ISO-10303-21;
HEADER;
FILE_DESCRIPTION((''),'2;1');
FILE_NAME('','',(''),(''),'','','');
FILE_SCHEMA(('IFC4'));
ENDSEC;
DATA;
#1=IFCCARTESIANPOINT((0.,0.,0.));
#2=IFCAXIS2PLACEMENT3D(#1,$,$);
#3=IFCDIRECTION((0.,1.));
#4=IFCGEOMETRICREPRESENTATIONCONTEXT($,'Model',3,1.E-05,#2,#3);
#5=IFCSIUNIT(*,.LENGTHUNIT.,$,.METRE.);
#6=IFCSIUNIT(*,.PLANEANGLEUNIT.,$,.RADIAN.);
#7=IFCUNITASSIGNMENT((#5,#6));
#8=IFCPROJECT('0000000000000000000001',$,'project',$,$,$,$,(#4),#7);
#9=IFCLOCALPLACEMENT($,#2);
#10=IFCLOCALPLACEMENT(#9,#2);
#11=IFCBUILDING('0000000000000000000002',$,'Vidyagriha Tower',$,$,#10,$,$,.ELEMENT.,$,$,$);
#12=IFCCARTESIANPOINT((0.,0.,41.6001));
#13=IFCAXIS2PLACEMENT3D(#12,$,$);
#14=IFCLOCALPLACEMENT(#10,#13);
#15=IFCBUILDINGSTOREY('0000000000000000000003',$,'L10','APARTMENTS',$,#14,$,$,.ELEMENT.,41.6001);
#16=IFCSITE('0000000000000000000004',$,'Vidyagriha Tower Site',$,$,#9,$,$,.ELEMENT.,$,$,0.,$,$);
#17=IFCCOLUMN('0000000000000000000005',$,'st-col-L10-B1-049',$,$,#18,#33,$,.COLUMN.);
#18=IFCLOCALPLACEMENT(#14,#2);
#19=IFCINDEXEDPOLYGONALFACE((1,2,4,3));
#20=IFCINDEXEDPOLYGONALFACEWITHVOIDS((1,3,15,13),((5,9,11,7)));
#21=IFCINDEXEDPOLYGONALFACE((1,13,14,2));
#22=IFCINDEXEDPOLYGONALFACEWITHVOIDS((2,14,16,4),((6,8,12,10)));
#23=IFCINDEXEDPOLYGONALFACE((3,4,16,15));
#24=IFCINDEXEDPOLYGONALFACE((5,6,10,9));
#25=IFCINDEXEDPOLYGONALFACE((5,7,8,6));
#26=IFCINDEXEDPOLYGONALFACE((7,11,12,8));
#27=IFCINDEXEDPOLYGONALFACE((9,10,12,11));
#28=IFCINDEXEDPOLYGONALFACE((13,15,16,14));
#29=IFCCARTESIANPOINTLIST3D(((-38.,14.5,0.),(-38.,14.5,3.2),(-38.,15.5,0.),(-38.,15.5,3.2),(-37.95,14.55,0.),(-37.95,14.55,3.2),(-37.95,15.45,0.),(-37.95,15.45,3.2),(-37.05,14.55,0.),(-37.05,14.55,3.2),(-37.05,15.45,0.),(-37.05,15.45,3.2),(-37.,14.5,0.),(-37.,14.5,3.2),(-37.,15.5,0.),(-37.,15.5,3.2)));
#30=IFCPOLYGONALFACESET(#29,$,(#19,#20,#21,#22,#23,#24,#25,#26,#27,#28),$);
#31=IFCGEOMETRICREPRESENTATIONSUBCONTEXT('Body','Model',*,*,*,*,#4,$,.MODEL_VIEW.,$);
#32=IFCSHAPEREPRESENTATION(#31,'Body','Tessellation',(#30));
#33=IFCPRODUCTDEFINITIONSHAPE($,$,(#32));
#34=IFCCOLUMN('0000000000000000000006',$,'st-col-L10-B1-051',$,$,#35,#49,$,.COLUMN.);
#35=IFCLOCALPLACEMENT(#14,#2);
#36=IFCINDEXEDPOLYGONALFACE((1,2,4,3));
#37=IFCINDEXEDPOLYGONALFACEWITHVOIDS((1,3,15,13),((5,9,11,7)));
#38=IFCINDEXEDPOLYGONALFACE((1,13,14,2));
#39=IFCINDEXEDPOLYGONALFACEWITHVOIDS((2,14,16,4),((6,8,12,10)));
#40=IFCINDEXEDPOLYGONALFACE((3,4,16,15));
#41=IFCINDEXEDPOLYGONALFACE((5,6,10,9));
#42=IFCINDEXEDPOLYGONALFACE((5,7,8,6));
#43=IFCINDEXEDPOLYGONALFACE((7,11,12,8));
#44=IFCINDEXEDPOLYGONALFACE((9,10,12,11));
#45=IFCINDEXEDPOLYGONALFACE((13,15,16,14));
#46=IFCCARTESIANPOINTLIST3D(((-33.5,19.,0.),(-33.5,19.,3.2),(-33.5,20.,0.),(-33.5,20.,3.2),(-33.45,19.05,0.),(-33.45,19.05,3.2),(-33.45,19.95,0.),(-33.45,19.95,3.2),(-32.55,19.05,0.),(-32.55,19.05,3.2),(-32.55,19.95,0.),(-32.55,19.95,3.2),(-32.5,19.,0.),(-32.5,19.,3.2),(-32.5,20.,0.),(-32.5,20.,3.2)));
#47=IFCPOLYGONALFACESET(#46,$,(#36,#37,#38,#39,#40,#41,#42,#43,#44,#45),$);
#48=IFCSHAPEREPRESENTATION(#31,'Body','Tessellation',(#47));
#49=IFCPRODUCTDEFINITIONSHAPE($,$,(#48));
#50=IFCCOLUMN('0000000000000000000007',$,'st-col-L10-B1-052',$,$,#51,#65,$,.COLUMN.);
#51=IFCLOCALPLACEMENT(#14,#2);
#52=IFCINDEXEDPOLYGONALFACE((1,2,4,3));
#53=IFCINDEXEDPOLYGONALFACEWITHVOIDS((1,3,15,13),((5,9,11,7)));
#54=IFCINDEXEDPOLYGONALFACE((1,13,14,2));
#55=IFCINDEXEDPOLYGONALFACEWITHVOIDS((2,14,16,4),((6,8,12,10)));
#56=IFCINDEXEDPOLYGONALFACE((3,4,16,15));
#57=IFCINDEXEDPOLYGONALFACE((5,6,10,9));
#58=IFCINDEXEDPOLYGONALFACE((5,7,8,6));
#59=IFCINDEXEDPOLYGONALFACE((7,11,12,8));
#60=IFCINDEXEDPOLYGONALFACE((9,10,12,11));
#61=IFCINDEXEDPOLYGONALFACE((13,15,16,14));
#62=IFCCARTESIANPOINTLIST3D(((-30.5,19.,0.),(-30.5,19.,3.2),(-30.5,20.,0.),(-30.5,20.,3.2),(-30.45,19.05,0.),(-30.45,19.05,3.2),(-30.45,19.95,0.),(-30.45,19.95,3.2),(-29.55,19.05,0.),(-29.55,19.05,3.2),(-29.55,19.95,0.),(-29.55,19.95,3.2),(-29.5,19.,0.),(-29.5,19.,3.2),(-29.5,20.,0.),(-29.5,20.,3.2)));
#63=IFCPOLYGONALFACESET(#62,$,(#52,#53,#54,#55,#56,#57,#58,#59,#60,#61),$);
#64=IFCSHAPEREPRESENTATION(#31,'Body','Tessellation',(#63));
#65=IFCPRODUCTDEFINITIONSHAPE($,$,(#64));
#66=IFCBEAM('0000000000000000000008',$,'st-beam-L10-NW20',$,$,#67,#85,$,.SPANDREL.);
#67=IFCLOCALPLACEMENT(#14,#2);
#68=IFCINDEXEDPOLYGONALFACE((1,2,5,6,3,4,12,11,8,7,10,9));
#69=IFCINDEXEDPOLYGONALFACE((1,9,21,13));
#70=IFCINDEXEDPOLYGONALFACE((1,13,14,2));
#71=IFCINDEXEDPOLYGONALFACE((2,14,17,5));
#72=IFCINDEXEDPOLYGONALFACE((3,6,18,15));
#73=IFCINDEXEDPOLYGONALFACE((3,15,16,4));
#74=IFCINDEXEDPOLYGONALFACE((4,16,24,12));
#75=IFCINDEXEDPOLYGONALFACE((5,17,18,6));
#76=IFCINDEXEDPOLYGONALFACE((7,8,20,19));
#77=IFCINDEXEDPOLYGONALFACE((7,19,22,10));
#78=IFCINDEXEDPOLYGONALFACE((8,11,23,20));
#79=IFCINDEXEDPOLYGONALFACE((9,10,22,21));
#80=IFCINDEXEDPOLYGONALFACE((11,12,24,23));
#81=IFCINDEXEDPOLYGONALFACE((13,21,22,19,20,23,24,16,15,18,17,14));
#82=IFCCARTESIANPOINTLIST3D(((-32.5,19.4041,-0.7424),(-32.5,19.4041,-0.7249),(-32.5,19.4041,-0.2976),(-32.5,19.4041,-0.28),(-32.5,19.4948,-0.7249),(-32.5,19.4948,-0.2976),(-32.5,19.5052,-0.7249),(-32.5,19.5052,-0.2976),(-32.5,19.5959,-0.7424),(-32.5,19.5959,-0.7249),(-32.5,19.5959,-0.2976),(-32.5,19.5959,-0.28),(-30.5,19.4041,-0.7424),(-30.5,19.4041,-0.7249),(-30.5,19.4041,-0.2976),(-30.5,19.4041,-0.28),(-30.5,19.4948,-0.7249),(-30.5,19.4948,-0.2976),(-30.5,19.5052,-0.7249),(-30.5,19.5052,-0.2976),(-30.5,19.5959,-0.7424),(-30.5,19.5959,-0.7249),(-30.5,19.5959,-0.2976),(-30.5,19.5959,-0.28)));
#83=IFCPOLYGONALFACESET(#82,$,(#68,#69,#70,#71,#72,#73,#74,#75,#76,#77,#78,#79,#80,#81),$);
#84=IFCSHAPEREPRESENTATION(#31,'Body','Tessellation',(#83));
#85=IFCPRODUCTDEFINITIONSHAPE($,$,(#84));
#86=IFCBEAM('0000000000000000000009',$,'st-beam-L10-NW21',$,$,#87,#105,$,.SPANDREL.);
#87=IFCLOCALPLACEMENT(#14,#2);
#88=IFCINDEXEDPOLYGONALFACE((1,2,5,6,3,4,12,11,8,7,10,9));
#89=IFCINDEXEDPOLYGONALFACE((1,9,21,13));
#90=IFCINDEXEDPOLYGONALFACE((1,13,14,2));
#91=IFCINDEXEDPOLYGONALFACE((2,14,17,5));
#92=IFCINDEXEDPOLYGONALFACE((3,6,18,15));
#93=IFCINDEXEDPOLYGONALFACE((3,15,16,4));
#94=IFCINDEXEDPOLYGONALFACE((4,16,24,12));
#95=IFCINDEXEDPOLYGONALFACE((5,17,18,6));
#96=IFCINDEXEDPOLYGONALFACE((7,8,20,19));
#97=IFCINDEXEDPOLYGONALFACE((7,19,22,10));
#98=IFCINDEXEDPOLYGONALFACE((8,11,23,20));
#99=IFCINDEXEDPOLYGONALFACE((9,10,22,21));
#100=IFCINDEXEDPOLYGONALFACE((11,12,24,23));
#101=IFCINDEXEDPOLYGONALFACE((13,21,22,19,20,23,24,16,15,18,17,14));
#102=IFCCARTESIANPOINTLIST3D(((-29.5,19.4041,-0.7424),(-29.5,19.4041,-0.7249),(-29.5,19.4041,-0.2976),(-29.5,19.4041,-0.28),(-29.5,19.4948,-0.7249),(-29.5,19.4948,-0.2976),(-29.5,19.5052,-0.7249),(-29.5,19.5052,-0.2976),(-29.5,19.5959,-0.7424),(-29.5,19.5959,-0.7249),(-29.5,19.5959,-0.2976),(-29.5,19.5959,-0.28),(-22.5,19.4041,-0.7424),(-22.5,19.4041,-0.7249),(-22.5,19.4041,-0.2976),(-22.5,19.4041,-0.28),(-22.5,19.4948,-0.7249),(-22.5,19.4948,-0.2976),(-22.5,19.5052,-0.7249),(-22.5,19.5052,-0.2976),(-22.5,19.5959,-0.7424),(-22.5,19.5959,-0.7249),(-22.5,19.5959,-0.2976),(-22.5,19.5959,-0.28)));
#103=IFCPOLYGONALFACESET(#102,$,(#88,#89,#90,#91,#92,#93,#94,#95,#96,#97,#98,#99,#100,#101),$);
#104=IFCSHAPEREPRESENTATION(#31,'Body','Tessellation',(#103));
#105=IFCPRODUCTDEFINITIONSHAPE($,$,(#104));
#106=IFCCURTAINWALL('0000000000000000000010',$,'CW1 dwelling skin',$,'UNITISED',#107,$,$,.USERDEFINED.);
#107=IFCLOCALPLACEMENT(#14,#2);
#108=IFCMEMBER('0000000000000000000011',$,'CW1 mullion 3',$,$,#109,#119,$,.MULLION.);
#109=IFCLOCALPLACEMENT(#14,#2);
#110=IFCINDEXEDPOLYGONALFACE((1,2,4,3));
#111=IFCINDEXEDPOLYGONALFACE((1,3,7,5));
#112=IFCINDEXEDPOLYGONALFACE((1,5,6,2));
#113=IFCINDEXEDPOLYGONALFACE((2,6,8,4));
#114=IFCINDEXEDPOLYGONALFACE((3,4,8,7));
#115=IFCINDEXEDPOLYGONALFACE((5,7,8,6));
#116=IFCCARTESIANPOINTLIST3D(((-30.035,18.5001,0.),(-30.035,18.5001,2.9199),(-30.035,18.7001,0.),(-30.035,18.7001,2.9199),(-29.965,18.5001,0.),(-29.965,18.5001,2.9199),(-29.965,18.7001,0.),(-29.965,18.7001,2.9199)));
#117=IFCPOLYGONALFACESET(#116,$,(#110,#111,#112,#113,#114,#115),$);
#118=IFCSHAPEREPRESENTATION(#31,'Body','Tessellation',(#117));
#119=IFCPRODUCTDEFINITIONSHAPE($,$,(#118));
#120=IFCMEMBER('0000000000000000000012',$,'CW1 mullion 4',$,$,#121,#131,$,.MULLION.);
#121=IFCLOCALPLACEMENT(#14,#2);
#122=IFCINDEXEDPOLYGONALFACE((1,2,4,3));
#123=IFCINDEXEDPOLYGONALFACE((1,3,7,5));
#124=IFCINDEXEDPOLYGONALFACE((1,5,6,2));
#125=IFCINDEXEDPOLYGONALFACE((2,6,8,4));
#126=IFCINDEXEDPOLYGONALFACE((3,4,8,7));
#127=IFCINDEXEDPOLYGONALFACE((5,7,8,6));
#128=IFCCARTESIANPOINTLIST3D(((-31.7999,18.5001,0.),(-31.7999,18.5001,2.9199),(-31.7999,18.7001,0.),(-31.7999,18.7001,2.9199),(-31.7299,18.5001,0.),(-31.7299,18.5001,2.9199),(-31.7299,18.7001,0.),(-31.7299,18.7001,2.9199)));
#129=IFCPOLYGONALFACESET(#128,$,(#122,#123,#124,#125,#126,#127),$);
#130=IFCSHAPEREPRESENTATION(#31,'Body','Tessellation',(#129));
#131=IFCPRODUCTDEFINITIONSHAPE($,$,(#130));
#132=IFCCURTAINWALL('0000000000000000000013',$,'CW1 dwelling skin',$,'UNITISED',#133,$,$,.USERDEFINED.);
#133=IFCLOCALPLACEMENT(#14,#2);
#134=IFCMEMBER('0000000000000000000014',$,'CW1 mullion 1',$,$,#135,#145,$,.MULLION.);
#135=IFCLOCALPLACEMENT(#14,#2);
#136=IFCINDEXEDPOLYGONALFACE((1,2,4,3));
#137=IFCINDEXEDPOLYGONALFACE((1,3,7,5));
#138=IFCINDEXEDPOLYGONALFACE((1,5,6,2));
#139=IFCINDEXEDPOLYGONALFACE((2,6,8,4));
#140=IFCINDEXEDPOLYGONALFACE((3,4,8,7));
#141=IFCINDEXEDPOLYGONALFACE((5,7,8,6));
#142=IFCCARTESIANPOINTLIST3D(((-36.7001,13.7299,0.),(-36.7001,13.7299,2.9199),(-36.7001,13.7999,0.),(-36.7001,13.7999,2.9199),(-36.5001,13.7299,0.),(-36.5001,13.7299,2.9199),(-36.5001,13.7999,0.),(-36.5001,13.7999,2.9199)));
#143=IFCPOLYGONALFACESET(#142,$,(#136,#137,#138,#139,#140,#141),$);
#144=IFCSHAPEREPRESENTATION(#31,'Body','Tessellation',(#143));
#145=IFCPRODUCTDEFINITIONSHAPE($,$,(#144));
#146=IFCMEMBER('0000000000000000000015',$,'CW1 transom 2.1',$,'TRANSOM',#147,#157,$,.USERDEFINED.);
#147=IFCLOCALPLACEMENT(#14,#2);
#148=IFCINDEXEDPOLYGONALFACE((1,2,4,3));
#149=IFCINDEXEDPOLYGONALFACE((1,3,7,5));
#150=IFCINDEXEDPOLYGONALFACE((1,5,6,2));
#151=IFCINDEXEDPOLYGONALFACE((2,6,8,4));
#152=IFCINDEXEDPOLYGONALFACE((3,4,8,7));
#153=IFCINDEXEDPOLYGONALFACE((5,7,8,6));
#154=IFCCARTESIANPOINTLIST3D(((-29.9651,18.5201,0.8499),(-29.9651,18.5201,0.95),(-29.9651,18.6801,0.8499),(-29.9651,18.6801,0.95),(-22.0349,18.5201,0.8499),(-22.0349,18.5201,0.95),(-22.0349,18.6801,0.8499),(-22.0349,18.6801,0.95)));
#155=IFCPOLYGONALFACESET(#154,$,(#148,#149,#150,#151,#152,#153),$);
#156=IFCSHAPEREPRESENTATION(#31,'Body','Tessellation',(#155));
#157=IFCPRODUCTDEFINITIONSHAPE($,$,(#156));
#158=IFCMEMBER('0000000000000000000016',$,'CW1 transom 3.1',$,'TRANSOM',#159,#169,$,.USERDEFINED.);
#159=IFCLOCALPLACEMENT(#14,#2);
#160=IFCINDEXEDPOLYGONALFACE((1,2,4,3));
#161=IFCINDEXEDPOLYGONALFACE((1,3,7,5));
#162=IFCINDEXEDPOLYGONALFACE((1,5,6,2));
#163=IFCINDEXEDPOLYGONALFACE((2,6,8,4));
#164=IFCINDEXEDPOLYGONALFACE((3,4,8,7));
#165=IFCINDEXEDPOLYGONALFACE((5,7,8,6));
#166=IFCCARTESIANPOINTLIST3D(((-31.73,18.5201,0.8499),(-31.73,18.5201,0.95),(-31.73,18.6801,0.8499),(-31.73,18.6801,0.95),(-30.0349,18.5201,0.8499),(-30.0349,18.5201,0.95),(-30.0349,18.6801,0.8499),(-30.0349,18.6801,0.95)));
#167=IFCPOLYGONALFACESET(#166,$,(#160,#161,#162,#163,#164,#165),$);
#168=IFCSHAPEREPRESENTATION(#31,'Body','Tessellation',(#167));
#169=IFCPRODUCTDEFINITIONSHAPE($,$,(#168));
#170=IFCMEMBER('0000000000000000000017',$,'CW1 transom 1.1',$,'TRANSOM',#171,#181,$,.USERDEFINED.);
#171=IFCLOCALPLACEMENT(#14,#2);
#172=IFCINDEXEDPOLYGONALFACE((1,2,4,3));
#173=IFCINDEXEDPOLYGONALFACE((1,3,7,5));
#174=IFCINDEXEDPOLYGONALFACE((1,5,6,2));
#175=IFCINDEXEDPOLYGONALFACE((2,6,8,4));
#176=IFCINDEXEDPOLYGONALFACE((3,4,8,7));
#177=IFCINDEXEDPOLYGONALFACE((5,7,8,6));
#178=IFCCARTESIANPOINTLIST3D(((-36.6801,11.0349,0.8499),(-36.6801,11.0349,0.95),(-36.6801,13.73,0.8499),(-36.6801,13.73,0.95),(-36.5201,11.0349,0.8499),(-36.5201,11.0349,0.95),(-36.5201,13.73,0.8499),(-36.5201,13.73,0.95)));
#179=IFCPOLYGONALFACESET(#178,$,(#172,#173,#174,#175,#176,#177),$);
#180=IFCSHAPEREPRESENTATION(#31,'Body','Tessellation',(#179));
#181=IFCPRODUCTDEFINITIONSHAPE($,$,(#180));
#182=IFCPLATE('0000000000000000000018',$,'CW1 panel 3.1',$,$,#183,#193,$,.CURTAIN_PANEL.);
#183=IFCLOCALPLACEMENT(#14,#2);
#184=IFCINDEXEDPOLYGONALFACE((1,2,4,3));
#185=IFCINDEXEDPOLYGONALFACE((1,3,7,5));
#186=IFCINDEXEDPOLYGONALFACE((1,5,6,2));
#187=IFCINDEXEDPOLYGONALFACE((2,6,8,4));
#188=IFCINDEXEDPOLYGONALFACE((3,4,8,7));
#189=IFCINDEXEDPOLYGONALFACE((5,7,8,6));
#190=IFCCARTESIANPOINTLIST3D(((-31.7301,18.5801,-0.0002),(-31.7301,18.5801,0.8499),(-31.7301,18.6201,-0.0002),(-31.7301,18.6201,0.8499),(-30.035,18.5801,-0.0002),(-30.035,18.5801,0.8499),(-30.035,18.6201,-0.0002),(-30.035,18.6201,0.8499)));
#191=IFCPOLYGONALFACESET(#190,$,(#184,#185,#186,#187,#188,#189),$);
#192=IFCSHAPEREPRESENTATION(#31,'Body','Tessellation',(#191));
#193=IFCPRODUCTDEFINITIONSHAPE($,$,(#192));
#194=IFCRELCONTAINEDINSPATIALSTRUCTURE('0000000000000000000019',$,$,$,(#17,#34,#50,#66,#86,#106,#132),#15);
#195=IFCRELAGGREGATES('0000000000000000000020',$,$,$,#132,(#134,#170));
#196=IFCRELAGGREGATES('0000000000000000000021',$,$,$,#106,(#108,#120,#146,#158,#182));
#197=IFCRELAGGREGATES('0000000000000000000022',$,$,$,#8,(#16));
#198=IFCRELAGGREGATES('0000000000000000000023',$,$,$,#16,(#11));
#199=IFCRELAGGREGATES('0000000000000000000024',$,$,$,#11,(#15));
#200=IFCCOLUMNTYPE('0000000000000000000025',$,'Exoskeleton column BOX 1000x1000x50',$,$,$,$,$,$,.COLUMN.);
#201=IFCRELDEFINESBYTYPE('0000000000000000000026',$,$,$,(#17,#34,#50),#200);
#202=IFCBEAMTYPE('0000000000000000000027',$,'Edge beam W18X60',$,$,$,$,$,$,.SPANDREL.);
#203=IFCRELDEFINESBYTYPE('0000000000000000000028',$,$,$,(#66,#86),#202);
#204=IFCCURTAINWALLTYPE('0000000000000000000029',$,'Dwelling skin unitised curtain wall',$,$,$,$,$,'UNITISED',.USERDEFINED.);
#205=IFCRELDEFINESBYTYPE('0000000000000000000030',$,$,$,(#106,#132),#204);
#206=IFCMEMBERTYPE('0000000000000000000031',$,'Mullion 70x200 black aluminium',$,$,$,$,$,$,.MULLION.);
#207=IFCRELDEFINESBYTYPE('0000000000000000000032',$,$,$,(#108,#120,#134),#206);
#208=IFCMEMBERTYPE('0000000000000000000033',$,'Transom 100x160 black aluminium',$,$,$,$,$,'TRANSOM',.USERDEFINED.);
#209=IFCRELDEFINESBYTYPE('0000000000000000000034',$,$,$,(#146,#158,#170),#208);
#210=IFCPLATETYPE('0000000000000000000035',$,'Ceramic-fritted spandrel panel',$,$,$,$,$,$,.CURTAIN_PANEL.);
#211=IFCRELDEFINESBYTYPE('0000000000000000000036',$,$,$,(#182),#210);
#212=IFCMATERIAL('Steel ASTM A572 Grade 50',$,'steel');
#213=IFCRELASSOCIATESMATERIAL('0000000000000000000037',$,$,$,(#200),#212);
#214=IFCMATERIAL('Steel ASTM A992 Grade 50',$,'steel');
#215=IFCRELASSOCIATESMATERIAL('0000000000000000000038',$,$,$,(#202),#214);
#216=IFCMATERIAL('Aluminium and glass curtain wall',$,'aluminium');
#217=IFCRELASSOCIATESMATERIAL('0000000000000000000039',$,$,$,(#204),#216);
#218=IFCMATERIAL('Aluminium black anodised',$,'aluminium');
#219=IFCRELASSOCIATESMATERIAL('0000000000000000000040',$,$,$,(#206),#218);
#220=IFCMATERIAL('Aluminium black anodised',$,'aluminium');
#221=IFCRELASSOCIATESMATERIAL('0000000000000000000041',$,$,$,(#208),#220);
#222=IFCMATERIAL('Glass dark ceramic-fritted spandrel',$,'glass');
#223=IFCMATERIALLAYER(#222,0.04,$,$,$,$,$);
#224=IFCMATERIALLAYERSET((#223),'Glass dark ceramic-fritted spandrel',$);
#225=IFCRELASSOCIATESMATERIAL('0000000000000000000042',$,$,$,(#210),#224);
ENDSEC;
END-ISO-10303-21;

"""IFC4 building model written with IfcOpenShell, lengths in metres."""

from ifc_helpers import new_model, si_unit, direction, frame, origin, origin_2d, place, context, subcontext, project, spatial, rectangle, hollow_rectangle, i_section, extrude, material, layer, layer_set, material_profile, profile_set, type_object, element, aggregate, save


model = new_model("IFC4")

# Units and contexts
model_context = context("Model", 3, precision=1e-05, world=origin(), true_north=direction((0.0, 1.0)))
body_context = subcontext(model_context, "Body", "Model", "MODEL_VIEW")
ifc_project = project(units=[si_unit("LENGTHUNIT", "METRE"), si_unit("PLANEANGLEUNIT", "RADIAN")], contexts=[model_context])

# Site, building, storey
site_placement = place(None, origin())
site = spatial("IfcSite", under=ifc_project, at=site_placement, Name="Vidyagriha Tower Site", CompositionType="ELEMENT", RefElevation=0.0)
building_placement = place(site_placement, origin())
building = spatial("IfcBuilding", under=site, at=building_placement, Name="Vidyagriha Tower", CompositionType="ELEMENT")
storey_placement = place(building_placement, frame((0.0, 0.0, 41.6001)))
storey = spatial("IfcBuildingStorey", under=building, at=storey_placement, Name="L10", Description="APARTMENTS", CompositionType="ELEMENT", Elevation=41.6001)

# Columns
ifc_material_1 = material(Name="Steel ASTM A572 Grade 50", Category="steel")
ifc_material_profile_1 = material_profile(ifc_material_1, hollow_rectangle(XDim=1.0, YDim=1.0, WallThickness=0.05, at=origin_2d()), Name="BOX 1000x1000x50")
ifc_profile_set_1 = profile_set([ifc_material_profile_1], Name="Steel ASTM A572 Grade 50")
column_type = type_object("IfcColumnType", Name="Exoskeleton column BOX 1000x1000x50", PredefinedType="COLUMN", material=ifc_profile_set_1)
for number, where, name in (
    (1, (-37.5, 15.0, 0.0), "st-col-L10-B1-049"),
    (2, (-33.0, 19.5, 0.0), "st-col-L10-B1-051"),
    (3, (-30.0, 19.5, 0.0), "st-col-L10-B1-052"),
):
    element("IfcColumn", number, at=place(storey_placement, frame(where)), inside=storey, type_object=column_type, Name=name, PredefinedType="COLUMN", context=body_context, shape_type="SweptSolid", body=[
        extrude(hollow_rectangle(XDim=1.0, YDim=1.0, WallThickness=0.05, at=origin_2d()), origin(), (0.0, 0.0, 1.0), 3.2),
    ])

# Beams
ifc_material_2 = material(Name="Steel ASTM A992 Grade 50", Category="steel")
ifc_material_profile_2 = material_profile(ifc_material_2, i_section(OverallWidth=0.1919, OverallDepth=0.4624, WebThickness=0.0105, FlangeThickness=0.0176, at=origin_2d()), Name="W18X60")
ifc_profile_set_2 = profile_set([ifc_material_profile_2], Name="Steel ASTM A992 Grade 50")
beam_type = type_object("IfcBeamType", Name="Edge beam W18X60", PredefinedType="SPANDREL", material=ifc_profile_set_2)
beam_1_placement = place(storey_placement, frame((-32.5, 19.5, -0.5112), z_axis=(1.0, 0.0, 0.0), x_axis=(0.0, 1.0, 0.0)))
element("IfcBeam", 4, at=beam_1_placement, inside=storey, type_object=beam_type, Name="st-beam-L10-NW20", PredefinedType="SPANDREL", context=body_context, shape_type="SweptSolid", body=[
    extrude(i_section(OverallWidth=0.1919, OverallDepth=0.4624, WebThickness=0.0105, FlangeThickness=0.0176, at=origin_2d()), origin(), (0.0, 0.0, 1.0), 2.0),
])
beam_2_placement = place(storey_placement, frame((-29.5, 19.5, -0.5112), z_axis=(1.0, 0.0, 0.0), x_axis=(0.0, 1.0, 0.0)))
element("IfcBeam", 5, at=beam_2_placement, inside=storey, type_object=beam_type, Name="st-beam-L10-NW21", PredefinedType="SPANDREL", context=body_context, shape_type="SweptSolid", body=[
    extrude(i_section(OverallWidth=0.1919, OverallDepth=0.4624, WebThickness=0.0105, FlangeThickness=0.0176, at=origin_2d()), origin(), (0.0, 0.0, 1.0), 7.0),
])

# Curtain wall, members
ifc_material_3 = material(Name="Aluminium and glass curtain wall", Category="aluminium")
curtain_wall_type = type_object("IfcCurtainWallType", Name="Dwelling skin unitised curtain wall", ElementType="UNITISED", PredefinedType="USERDEFINED", material=ifc_material_3)
curtain_wall_1_placement = place(storey_placement, origin())
curtain_wall_1 = element("IfcCurtainWall", 6, at=curtain_wall_1_placement, inside=storey, type_object=curtain_wall_type, Name="CW1 dwelling skin", ObjectType="UNITISED", PredefinedType="USERDEFINED")
ifc_material_4 = material(Name="Aluminium black anodised", Category="aluminium")
ifc_material_profile_3 = material_profile(ifc_material_4, rectangle(XDim=0.2, YDim=0.0701, at=origin_2d()), Name="Mullion 70x200 black aluminium")
ifc_profile_set_3 = profile_set([ifc_material_profile_3], Name="Aluminium black anodised")
member_type_1 = type_object("IfcMemberType", Name="Mullion 70x200 black aluminium", PredefinedType="MULLION", material=ifc_profile_set_3)
member_1_placement = place(storey_placement, frame((-30.0, 18.6001, 0.0), z_axis=(0.0, 0.0, 1.0), x_axis=(0.0, -1.0, 0.0)))
member_1 = element("IfcMember", 7, at=member_1_placement, type_object=member_type_1, Name="CW1 mullion 3", PredefinedType="MULLION", context=body_context, shape_type="SweptSolid", body=[
    extrude(rectangle(XDim=0.2, YDim=0.0701, at=origin_2d()), origin(), (0.0, 0.0, 1.0), 2.9199),
])
member_2_placement = place(storey_placement, frame((-31.7649, 18.6001, 0.0), z_axis=(0.0, 0.0, 1.0), x_axis=(0.0, -1.0, 0.0)))
member_2 = element("IfcMember", 8, at=member_2_placement, type_object=member_type_1, Name="CW1 mullion 4", PredefinedType="MULLION", context=body_context, shape_type="SweptSolid", body=[
    extrude(rectangle(XDim=0.2, YDim=0.0701, at=origin_2d()), origin(), (0.0, 0.0, 1.0), 2.9199),
])

# Curtain wall, member
curtain_wall_2_placement = place(storey_placement, origin())
curtain_wall_2 = element("IfcCurtainWall", 9, at=curtain_wall_2_placement, inside=storey, type_object=curtain_wall_type, Name="CW1 dwelling skin", ObjectType="UNITISED", PredefinedType="USERDEFINED")
member_3_placement = place(storey_placement, frame((-36.6001, 13.7649, 0.0)))
member_3 = element("IfcMember", 10, at=member_3_placement, type_object=member_type_1, Name="CW1 mullion 1", PredefinedType="MULLION", context=body_context, shape_type="SweptSolid", body=[
    extrude(rectangle(XDim=0.2, YDim=0.0701, at=origin_2d()), origin(), (0.0, 0.0, 1.0), 2.9199),
])

# Members
ifc_material_5 = material(Name="Aluminium black anodised", Category="aluminium")
ifc_material_profile_4 = material_profile(ifc_material_5, rectangle(XDim=0.1599, YDim=0.1001, at=origin_2d()), Name="Transom 100x160 black aluminium")
ifc_profile_set_4 = profile_set([ifc_material_profile_4], Name="Aluminium black anodised")
member_type_2 = type_object("IfcMemberType", Name="Transom 100x160 black aluminium", ElementType="TRANSOM", PredefinedType="USERDEFINED", material=ifc_profile_set_4)
member_4_placement = place(storey_placement, frame((-22.0349, 18.6001, 0.8999), z_axis=(-1.0, 0.0, 0.0), x_axis=(0.0, -1.0, 0.0)))
member_4 = element("IfcMember", 11, at=member_4_placement, type_object=member_type_2, Name="CW1 transom 2.1", ObjectType="TRANSOM", PredefinedType="USERDEFINED", context=body_context, shape_type="SweptSolid", body=[
    extrude(rectangle(XDim=0.1599, YDim=0.1001, at=origin_2d()), origin(), (0.0, 0.0, 1.0), 7.9302),
])
member_5_placement = place(storey_placement, frame((-30.0349, 18.6001, 0.8999), z_axis=(-1.0, 0.0, 0.0), x_axis=(0.0, -1.0, 0.0)))
member_5 = element("IfcMember", 12, at=member_5_placement, type_object=member_type_2, Name="CW1 transom 3.1", ObjectType="TRANSOM", PredefinedType="USERDEFINED", context=body_context, shape_type="SweptSolid", body=[
    extrude(rectangle(XDim=0.1599, YDim=0.1001, at=origin_2d()), origin(), (0.0, 0.0, 1.0), 1.6951),
])
member_6_placement = place(storey_placement, frame((-36.6001, 13.73, 0.8999), z_axis=(0.0, -1.0, 0.0), x_axis=(1.0, 0.0, 0.0)))
member_6 = element("IfcMember", 13, at=member_6_placement, type_object=member_type_2, Name="CW1 transom 1.1", ObjectType="TRANSOM", PredefinedType="USERDEFINED", context=body_context, shape_type="SweptSolid", body=[
    extrude(rectangle(XDim=0.1599, YDim=0.1001, at=origin_2d()), origin(), (0.0, 0.0, 1.0), 2.6951),
])

# Plate
ifc_material_6 = material(Name="Glass dark ceramic-fritted spandrel", Category="glass")
ifc_layer_1 = layer(ifc_material_6, 0.04)
ifc_layer_set_1 = layer_set([ifc_layer_1], Name="Glass dark ceramic-fritted spandrel")
plate_type_1 = type_object("IfcPlateType", Name="Ceramic-fritted spandrel panel", PredefinedType="CURTAIN_PANEL", material=ifc_layer_set_1)
plate_1_placement = place(storey_placement, frame((-30.8826, 18.6001, -0.0002), z_axis=(0.0, 0.0, 1.0), x_axis=(-1.0, 0.0, 0.0)))
plate_1 = element("IfcPlate", 14, at=plate_1_placement, type_object=plate_type_1, Name="CW1 panel 3.1", PredefinedType="CURTAIN_PANEL", context=body_context, shape_type="SweptSolid", body=[
    extrude(rectangle(XDim=1.6951, YDim=0.04, at=origin_2d()), origin(), (0.0, 0.0, 1.0), 0.8501),
])
aggregate(curtain_wall_2, [member_3, member_6])
aggregate(curtain_wall_1, [member_1, member_2, member_4, member_5, plate_1])

save(model, "model.ifc")
